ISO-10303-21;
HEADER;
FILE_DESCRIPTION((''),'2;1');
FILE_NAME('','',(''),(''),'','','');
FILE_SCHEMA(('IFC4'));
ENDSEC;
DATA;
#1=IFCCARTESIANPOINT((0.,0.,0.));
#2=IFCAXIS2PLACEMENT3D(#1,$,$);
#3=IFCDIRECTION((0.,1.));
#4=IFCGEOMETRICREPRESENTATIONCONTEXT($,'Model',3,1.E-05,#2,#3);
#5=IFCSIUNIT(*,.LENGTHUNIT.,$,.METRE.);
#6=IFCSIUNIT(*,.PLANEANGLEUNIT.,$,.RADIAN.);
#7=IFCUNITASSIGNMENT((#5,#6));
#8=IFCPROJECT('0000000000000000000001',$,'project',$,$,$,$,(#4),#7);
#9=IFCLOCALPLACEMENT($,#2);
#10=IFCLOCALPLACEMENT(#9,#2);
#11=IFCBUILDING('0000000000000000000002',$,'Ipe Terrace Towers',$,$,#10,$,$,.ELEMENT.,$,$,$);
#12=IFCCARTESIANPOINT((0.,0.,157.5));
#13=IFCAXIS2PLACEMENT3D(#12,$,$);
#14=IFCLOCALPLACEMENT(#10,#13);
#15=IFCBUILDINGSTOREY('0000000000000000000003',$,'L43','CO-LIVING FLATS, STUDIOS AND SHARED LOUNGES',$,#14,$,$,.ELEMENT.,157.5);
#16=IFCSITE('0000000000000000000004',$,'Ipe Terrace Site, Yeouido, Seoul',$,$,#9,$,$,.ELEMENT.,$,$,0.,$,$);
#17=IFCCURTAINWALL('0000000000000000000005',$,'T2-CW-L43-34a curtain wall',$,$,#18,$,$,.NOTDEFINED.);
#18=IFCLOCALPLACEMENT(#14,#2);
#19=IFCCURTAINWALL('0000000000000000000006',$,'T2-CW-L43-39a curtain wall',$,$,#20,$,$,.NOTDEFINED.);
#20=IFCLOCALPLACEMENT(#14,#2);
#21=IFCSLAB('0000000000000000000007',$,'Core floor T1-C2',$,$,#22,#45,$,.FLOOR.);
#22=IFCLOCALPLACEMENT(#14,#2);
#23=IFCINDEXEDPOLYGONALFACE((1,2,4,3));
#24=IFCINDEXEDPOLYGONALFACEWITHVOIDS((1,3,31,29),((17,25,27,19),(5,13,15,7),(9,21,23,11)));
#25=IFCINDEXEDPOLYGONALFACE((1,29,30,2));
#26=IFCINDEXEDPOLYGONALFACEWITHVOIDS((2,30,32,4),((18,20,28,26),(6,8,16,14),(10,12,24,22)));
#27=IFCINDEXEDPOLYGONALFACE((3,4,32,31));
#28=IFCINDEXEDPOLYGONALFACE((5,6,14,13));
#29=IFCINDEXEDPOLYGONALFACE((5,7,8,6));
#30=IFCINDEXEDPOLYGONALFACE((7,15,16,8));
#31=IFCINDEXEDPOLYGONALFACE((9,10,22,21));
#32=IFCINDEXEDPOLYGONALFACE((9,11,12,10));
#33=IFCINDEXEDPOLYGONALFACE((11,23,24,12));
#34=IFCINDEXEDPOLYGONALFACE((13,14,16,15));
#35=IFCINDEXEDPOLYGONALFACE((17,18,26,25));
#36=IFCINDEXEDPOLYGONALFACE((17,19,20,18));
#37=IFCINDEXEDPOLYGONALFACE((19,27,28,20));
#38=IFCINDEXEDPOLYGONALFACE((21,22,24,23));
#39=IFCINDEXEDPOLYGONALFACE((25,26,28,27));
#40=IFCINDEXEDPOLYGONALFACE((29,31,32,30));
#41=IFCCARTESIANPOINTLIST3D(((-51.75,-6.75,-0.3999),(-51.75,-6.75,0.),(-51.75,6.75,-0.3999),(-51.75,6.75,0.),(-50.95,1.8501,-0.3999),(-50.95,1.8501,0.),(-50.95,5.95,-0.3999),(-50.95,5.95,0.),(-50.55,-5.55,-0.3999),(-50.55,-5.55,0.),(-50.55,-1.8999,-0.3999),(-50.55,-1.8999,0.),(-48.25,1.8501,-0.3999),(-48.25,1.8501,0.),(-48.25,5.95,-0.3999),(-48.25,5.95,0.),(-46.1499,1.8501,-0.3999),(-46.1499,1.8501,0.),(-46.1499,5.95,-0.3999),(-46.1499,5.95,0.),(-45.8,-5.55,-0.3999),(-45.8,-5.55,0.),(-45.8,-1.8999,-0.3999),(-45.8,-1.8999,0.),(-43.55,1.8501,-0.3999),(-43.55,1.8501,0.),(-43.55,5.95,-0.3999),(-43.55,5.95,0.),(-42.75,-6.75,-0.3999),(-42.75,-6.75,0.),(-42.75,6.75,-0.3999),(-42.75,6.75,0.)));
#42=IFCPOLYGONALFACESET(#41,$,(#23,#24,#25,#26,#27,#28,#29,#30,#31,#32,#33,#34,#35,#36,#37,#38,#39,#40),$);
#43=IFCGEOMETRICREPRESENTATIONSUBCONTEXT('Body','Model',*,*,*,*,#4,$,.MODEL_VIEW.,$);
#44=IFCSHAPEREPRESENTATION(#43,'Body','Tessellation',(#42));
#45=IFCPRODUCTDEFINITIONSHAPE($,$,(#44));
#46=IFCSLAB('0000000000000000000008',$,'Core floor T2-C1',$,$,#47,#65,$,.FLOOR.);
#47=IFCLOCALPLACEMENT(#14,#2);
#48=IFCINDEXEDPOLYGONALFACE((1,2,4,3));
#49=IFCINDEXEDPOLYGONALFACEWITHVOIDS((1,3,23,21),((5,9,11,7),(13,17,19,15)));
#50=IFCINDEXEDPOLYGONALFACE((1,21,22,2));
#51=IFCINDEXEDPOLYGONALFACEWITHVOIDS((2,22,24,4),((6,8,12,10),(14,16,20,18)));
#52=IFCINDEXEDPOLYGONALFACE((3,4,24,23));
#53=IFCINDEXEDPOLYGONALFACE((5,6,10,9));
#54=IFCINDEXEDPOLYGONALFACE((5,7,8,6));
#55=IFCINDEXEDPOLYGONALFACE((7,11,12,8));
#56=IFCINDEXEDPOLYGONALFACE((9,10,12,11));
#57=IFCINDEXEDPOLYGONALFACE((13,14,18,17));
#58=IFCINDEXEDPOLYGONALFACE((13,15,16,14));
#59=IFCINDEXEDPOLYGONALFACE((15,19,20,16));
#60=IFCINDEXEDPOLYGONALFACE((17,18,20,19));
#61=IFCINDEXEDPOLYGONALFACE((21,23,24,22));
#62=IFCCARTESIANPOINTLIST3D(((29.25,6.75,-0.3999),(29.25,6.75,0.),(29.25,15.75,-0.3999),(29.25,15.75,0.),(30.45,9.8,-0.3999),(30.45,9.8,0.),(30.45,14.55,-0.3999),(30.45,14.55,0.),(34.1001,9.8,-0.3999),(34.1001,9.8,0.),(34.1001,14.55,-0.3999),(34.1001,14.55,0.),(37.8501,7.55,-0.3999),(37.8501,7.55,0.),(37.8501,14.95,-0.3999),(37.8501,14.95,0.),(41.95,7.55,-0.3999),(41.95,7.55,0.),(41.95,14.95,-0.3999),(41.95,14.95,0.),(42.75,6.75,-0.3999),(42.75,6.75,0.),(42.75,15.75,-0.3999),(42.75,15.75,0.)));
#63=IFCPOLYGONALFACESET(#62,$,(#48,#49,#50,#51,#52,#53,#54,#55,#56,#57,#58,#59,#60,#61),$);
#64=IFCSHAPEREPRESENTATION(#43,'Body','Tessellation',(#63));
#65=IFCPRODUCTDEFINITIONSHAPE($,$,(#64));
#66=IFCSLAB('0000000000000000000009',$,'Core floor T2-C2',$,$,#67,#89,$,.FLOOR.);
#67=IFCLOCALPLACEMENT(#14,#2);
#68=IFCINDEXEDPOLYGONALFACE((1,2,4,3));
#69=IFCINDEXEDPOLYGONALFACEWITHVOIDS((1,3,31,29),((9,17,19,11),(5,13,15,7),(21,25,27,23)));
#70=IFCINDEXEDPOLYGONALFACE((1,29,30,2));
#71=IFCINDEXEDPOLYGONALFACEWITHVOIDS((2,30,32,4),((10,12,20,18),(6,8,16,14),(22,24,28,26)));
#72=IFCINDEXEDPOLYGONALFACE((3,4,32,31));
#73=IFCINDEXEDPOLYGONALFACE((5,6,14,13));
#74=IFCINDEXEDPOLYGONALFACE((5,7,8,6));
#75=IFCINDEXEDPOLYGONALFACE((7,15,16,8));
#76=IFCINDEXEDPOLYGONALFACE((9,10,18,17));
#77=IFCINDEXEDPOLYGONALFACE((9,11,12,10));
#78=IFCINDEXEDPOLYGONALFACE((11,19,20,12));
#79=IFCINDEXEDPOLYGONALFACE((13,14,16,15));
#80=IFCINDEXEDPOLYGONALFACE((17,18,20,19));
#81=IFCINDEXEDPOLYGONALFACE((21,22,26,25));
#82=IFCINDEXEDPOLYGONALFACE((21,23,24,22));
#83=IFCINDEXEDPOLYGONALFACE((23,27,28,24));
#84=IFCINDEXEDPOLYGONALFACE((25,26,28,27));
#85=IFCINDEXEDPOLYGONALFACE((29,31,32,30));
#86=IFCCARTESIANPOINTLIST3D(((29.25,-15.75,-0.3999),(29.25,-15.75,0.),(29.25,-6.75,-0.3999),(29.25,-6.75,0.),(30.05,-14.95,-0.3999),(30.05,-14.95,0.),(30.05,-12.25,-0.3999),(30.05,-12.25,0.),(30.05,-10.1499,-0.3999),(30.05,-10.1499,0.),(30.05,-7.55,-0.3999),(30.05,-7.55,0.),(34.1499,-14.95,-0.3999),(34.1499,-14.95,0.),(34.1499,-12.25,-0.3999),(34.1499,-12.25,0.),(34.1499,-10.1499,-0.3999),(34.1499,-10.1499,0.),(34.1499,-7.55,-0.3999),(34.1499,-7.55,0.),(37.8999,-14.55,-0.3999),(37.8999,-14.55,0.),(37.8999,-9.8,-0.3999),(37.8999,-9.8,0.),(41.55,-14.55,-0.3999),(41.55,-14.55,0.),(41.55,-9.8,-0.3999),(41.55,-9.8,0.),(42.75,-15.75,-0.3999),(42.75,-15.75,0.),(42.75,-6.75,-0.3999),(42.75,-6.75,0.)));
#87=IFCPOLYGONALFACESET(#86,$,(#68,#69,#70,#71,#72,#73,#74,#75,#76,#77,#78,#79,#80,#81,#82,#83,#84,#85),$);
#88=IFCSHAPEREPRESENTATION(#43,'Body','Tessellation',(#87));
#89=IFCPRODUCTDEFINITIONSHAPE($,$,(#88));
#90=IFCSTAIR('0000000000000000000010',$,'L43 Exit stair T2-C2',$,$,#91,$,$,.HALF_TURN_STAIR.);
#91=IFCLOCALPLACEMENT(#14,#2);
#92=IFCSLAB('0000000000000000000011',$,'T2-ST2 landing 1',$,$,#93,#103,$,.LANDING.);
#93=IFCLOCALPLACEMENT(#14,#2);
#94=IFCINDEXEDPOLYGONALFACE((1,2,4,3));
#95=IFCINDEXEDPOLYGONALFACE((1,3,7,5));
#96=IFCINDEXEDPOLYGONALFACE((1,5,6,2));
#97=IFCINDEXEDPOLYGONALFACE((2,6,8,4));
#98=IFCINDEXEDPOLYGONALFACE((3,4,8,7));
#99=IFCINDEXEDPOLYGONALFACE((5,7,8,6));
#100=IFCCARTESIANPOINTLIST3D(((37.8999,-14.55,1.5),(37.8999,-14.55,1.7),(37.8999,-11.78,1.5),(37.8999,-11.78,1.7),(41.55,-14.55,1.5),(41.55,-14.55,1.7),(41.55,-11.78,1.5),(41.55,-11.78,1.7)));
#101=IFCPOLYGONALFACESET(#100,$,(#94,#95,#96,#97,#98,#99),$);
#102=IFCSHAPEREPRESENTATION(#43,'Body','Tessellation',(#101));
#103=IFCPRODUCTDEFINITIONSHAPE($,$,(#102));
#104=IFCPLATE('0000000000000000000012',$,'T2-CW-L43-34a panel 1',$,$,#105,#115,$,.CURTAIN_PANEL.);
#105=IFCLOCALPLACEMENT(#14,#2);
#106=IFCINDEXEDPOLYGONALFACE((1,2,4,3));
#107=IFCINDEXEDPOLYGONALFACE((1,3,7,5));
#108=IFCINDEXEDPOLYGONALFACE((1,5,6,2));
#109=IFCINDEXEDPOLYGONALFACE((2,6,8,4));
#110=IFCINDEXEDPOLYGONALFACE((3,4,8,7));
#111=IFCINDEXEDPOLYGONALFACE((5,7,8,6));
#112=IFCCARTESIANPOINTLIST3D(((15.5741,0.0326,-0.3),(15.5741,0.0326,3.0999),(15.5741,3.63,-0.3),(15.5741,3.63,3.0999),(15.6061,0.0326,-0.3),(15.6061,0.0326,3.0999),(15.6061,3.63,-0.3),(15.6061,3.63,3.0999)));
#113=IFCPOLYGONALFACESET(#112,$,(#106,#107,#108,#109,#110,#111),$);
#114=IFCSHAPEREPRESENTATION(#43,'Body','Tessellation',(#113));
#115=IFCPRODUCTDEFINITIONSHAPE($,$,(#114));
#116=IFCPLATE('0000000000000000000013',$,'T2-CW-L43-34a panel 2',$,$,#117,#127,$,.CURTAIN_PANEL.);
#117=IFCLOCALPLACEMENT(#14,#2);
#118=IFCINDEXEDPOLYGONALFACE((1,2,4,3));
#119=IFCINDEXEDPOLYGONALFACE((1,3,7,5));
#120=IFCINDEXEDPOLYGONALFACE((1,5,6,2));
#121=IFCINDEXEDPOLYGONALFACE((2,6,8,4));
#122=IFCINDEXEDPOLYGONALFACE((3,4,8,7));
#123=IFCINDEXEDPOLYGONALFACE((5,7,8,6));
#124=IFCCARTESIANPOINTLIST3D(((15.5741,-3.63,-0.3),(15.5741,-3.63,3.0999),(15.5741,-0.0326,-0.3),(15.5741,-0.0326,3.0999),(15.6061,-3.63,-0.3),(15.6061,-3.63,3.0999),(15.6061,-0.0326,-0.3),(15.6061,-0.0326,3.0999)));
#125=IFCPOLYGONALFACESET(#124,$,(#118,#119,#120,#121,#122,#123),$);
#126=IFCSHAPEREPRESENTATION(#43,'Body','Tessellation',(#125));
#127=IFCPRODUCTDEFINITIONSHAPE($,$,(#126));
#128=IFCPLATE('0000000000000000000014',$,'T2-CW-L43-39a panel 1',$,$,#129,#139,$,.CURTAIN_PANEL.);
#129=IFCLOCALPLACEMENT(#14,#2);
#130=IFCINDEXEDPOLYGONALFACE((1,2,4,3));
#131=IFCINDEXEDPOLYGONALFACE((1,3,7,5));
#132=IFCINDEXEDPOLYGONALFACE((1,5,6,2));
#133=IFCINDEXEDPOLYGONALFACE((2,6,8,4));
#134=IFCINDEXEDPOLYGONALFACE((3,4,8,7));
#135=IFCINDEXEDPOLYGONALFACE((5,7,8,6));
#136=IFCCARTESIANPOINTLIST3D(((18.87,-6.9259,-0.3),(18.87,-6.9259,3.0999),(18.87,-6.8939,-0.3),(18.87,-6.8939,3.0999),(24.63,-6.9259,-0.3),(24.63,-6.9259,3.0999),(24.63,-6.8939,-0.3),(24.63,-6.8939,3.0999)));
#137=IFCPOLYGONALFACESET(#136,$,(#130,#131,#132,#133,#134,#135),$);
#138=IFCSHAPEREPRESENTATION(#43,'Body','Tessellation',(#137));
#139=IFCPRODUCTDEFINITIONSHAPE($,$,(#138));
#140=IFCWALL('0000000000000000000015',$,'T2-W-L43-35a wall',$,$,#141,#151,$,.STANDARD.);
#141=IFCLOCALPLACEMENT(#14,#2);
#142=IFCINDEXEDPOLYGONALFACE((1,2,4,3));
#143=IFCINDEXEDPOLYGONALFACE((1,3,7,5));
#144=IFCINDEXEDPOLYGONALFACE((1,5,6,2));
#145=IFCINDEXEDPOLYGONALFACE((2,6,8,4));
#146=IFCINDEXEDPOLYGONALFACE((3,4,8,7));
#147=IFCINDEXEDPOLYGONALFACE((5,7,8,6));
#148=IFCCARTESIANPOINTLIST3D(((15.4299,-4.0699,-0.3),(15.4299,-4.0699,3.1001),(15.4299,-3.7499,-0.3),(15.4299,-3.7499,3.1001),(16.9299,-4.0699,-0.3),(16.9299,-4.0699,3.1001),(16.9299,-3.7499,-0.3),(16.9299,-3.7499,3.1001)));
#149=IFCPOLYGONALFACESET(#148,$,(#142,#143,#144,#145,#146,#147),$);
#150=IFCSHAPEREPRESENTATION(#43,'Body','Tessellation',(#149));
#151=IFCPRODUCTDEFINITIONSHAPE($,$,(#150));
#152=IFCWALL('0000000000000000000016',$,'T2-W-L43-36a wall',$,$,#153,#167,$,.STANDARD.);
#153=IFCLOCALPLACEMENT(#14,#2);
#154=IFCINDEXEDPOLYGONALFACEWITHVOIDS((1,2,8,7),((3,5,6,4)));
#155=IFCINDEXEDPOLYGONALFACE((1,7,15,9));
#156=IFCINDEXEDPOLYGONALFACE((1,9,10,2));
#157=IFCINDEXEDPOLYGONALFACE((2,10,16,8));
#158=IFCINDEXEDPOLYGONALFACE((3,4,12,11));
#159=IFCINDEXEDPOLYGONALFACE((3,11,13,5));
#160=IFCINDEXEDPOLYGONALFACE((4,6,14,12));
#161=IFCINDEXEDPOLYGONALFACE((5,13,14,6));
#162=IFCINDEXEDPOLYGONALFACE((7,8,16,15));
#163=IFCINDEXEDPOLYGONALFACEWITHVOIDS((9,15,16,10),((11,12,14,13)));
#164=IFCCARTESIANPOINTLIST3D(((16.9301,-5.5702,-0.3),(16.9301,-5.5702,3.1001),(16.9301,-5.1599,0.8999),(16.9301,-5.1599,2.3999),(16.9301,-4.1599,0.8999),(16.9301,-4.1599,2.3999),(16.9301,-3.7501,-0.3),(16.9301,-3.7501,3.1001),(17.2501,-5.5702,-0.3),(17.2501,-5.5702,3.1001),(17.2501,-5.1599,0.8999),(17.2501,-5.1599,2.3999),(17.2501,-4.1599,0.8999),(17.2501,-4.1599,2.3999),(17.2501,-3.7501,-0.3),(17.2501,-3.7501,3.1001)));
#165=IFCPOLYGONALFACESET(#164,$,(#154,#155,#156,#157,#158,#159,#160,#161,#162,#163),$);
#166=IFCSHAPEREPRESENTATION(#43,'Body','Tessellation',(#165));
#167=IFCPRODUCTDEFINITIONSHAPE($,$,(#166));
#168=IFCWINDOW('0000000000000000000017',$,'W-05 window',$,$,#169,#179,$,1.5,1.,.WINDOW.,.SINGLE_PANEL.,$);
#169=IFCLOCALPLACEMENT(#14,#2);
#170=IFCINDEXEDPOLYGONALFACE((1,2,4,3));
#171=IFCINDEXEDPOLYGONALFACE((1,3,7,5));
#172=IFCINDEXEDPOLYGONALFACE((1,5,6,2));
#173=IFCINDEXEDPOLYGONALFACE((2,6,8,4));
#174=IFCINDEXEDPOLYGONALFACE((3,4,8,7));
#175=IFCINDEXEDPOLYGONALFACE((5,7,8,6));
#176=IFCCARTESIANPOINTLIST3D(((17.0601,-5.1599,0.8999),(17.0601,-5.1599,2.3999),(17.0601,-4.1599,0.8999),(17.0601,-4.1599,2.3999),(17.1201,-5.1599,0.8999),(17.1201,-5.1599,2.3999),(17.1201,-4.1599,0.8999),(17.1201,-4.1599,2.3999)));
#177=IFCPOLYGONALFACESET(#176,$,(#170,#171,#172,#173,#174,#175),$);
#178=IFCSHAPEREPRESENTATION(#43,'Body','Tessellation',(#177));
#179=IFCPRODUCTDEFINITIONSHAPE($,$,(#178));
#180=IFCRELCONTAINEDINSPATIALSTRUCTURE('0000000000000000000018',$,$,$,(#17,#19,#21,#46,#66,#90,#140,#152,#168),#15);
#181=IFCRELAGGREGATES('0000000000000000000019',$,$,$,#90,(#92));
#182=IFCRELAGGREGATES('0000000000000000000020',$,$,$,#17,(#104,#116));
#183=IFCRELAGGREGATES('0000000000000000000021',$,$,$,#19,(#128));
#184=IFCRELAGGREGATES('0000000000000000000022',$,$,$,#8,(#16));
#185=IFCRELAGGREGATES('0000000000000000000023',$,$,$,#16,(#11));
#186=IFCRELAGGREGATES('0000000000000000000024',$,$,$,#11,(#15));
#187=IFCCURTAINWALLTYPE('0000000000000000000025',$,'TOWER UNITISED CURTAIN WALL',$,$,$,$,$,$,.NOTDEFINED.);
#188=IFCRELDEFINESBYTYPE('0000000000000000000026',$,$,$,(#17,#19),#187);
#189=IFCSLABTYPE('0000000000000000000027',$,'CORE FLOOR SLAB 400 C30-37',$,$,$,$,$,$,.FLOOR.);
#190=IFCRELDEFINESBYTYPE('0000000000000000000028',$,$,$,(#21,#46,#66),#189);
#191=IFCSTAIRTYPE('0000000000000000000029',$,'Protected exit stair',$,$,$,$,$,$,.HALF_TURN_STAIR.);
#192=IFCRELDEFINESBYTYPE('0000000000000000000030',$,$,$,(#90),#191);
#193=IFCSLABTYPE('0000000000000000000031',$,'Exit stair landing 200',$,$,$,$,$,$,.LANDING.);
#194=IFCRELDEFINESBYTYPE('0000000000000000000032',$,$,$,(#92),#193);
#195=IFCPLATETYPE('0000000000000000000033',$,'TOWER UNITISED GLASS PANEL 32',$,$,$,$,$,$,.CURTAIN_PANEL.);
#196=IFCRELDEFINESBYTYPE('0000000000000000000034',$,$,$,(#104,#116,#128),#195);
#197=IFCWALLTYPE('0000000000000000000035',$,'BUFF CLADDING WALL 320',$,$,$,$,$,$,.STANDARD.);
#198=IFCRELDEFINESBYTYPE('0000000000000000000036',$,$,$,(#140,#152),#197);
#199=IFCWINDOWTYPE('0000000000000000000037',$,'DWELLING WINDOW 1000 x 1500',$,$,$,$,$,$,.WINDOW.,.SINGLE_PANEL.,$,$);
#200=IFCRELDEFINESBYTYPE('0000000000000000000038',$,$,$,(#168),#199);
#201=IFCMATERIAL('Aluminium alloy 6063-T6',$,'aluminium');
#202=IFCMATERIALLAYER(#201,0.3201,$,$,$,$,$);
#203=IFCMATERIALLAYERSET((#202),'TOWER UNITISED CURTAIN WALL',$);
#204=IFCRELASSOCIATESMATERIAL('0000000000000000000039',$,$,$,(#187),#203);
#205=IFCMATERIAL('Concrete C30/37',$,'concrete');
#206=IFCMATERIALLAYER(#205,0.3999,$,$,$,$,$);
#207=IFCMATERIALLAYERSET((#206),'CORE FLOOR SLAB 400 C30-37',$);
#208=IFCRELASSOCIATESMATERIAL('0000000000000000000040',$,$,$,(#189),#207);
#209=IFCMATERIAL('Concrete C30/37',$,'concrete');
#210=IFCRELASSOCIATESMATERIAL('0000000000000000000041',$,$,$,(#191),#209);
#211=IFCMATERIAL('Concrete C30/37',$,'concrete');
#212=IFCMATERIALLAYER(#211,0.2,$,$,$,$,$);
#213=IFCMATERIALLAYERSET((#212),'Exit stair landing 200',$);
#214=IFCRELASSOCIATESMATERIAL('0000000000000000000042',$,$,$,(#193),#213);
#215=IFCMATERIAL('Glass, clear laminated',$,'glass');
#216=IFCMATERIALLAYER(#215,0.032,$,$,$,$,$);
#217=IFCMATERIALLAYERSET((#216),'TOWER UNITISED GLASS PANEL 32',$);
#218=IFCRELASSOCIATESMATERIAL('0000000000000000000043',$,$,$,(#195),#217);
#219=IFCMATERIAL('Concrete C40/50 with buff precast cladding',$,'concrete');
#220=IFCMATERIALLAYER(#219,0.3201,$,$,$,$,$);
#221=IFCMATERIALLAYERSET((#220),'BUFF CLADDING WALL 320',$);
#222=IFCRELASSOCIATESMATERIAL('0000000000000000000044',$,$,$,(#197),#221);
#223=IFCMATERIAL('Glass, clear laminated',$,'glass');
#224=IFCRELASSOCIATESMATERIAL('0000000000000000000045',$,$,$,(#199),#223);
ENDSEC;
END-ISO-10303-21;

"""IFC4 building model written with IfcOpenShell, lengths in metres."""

from ifc_helpers import new_model, si_unit, direction, frame, frame_2d, origin, origin_2d, place, context, subcontext, project, spatial, polyline, rectangle, outline, extrude, material, layer, layer_set, type_object, element, fill, aggregate, save


model = new_model("IFC4")

# Units and contexts
model_context = context("Model", 3, precision=1e-05, world=origin(), true_north=direction((0.0, 1.0)))
body_context = subcontext(model_context, "Body", "Model", "MODEL_VIEW")
ifc_project = project(units=[si_unit("LENGTHUNIT", "METRE"), si_unit("PLANEANGLEUNIT", "RADIAN")], contexts=[model_context])

# Site, building, storey
site_placement = place(None, origin())
site = spatial("IfcSite", under=ifc_project, at=site_placement, Name="Ipe Terrace Site, Yeouido, Seoul", CompositionType="ELEMENT", RefElevation=0.0)
building_placement = place(site_placement, origin())
building = spatial("IfcBuilding", under=site, at=building_placement, Name="Ipe Terrace Towers", CompositionType="ELEMENT")
storey_placement = place(building_placement, frame((0.0, 0.0, 157.5)))
storey = spatial("IfcBuildingStorey", under=building, at=storey_placement, Name="L43", Description="CO-LIVING FLATS, STUDIOS AND SHARED LOUNGES", CompositionType="ELEMENT", Elevation=157.5)

# Curtain walls
ifc_material_1 = material(Name="Aluminium alloy 6063-T6", Category="aluminium")
ifc_layer_1 = layer(ifc_material_1, 0.3201)
ifc_layer_set_1 = layer_set([ifc_layer_1], Name="TOWER UNITISED CURTAIN WALL")
curtain_wall_type = type_object("IfcCurtainWallType", Name="TOWER UNITISED CURTAIN WALL", PredefinedType="NOTDEFINED", material=ifc_layer_set_1)
curtain_wall_1_placement = place(storey_placement, origin())
curtain_wall_1 = element("IfcCurtainWall", 1, at=curtain_wall_1_placement, inside=storey, type_object=curtain_wall_type, Name="T2-CW-L43-34a curtain wall", PredefinedType="NOTDEFINED")
curtain_wall_2_placement = place(storey_placement, origin())
curtain_wall_2 = element("IfcCurtainWall", 2, at=curtain_wall_2_placement, inside=storey, type_object=curtain_wall_type, Name="T2-CW-L43-39a curtain wall", PredefinedType="NOTDEFINED")

# Slabs
ifc_material_2 = material(Name="Concrete C30/37", Category="concrete")
ifc_layer_2 = layer(ifc_material_2, 0.3999)
ifc_layer_set_2 = layer_set([ifc_layer_2], Name="CORE FLOOR SLAB 400 C30-37")
slab_type_1 = type_object("IfcSlabType", Name="CORE FLOOR SLAB 400 C30-37", PredefinedType="FLOOR", material=ifc_layer_set_2)
slab_1_placement = place(storey_placement, frame((0.0, 0.0, -0.3999)))
element("IfcSlab", 3, at=slab_1_placement, inside=storey, type_object=slab_type_1, Name="Core floor T1-C2", PredefinedType="FLOOR", context=body_context, shape_type="SweptSolid", body=[
    extrude(outline(polyline([(-51.75, -6.75), (-51.75, 6.75), (-42.75, 6.75), (-42.75, -6.75), (-51.75, -6.75)]), holes=[polyline([(-45.8, -1.8999), (-50.55, -1.8999), (-50.55, -5.55), (-45.8, -5.55), (-45.8, -1.8999)]), polyline([(-48.25, 1.8501), (-48.25, 5.95), (-50.95, 5.95), (-50.95, 1.8501), (-48.25, 1.8501)]), polyline([(-43.55, 1.8501), (-43.55, 5.95), (-46.1499, 5.95), (-46.1499, 1.8501), (-43.55, 1.8501)])]), origin(), (0.0, 0.0, 1.0), 0.3999),
])
slab_2_placement = place(storey_placement, frame((0.0, 0.0, -0.3999)))
element("IfcSlab", 4, at=slab_2_placement, inside=storey, type_object=slab_type_1, Name="Core floor T2-C1", PredefinedType="FLOOR", context=body_context, shape_type="SweptSolid", body=[
    extrude(outline(polyline([(29.25, 6.75), (29.25, 15.75), (42.75, 15.75), (42.75, 6.75), (29.25, 6.75)]), holes=[polyline([(41.95, 7.55), (41.95, 14.95), (37.8501, 14.95), (37.8501, 7.55), (41.95, 7.55)]), polyline([(30.45, 9.8), (34.1001, 9.8), (34.1001, 14.55), (30.45, 14.55), (30.45, 9.8)])]), origin(), (0.0, 0.0, 1.0), 0.3999),
])
slab_3_placement = place(storey_placement, frame((0.0, 0.0, -0.3999)))
element("IfcSlab", 5, at=slab_3_placement, inside=storey, type_object=slab_type_1, Name="Core floor T2-C2", PredefinedType="FLOOR", context=body_context, shape_type="SweptSolid", body=[
    extrude(outline(polyline([(29.25, -15.75), (29.25, -6.75), (42.75, -6.75), (42.75, -15.75), (29.25, -15.75)]), holes=[polyline([(30.05, -12.25), (30.05, -14.95), (34.1499, -14.95), (34.1499, -12.25), (30.05, -12.25)]), polyline([(41.55, -9.8), (37.8999, -9.8), (37.8999, -14.55), (41.55, -14.55), (41.55, -9.8)]), polyline([(34.1499, -7.55), (30.05, -7.55), (30.05, -10.1499), (34.1499, -10.1499), (34.1499, -7.55)])]), origin(), (0.0, 0.0, 1.0), 0.3999),
])

# Stair, slab
ifc_material_3 = material(Name="Concrete C30/37", Category="concrete")
stair_type = type_object("IfcStairType", Name="Protected exit stair", PredefinedType="HALF_TURN_STAIR", material=ifc_material_3)
stair_placement = place(storey_placement, origin())
stair = element("IfcStair", 6, at=stair_placement, inside=storey, type_object=stair_type, Name="L43 Exit stair T2-C2", PredefinedType="HALF_TURN_STAIR")
ifc_material_4 = material(Name="Concrete C30/37", Category="concrete")
ifc_layer_3 = layer(ifc_material_4, 0.2)
ifc_layer_set_3 = layer_set([ifc_layer_3], Name="Exit stair landing 200")
slab_type_2 = type_object("IfcSlabType", Name="Exit stair landing 200", PredefinedType="LANDING", material=ifc_layer_set_3)
slab_4_placement = place(storey_placement, frame((0.0, 0.0, 1.5)))
slab_4 = element("IfcSlab", 7, at=slab_4_placement, type_object=slab_type_2, Name="T2-ST2 landing 1", PredefinedType="LANDING", context=body_context, shape_type="SweptSolid", body=[
    extrude(outline(polyline([(37.8999, -11.78), (37.8999, -14.55), (41.55, -14.55), (41.55, -11.78), (37.8999, -11.78)])), origin(), (0.0, 0.0, 1.0), 0.2),
])
aggregate(stair, [slab_4])

# Plates
ifc_material_5 = material(Name="Glass, clear laminated", Category="glass")
ifc_layer_4 = layer(ifc_material_5, 0.032)
ifc_layer_set_4 = layer_set([ifc_layer_4], Name="TOWER UNITISED GLASS PANEL 32")
plate_type = type_object("IfcPlateType", Name="TOWER UNITISED GLASS PANEL 32", PredefinedType="CURTAIN_PANEL", material=ifc_layer_set_4)
plate_1_placement = place(storey_placement, frame((15.5901, 1.8313, -0.3), z_axis=(0.0, 0.0, 1.0), x_axis=(0.0, -1.0, 0.0)))
plate_1 = element("IfcPlate", 8, at=plate_1_placement, type_object=plate_type, Name="T2-CW-L43-34a panel 1", PredefinedType="CURTAIN_PANEL", context=body_context, shape_type="SweptSolid", body=[
    extrude(rectangle(XDim=3.5974, YDim=0.032, at=origin_2d()), origin(), (0.0, 0.0, 1.0), 3.3999),
])
plate_2_placement = place(storey_placement, frame((15.5901, -1.8313, -0.3), z_axis=(0.0, 0.0, 1.0), x_axis=(0.0, -1.0, 0.0)))
plate_2 = element("IfcPlate", 9, at=plate_2_placement, type_object=plate_type, Name="T2-CW-L43-34a panel 2", PredefinedType="CURTAIN_PANEL", context=body_context, shape_type="SweptSolid", body=[
    extrude(rectangle(XDim=3.5974, YDim=0.032, at=origin_2d()), origin(), (0.0, 0.0, 1.0), 3.3999),
])
aggregate(curtain_wall_1, [plate_1, plate_2])
plate_3_placement = place(storey_placement, frame((21.75, -6.9099, -0.3), z_axis=(0.0, 0.0, 1.0), x_axis=(1.0, 0.0, 0.0)))
plate_3 = element("IfcPlate", 10, at=plate_3_placement, type_object=plate_type, Name="T2-CW-L43-39a panel 1", PredefinedType="CURTAIN_PANEL", context=body_context, shape_type="SweptSolid", body=[
    extrude(rectangle(XDim=5.76, YDim=0.032, at=origin_2d()), origin(), (0.0, 0.0, 1.0), 3.3999),
])
aggregate(curtain_wall_2, [plate_3])

# Wall
ifc_material_6 = material(Name="Concrete C40/50 with buff precast cladding", Category="concrete")
ifc_layer_5 = layer(ifc_material_6, 0.3201)
ifc_layer_set_5 = layer_set([ifc_layer_5], Name="BUFF CLADDING WALL 320")
wall_type_1 = type_object("IfcWallType", Name="BUFF CLADDING WALL 320", PredefinedType="STANDARD", material=ifc_layer_set_5)
wall_1_placement = place(storey_placement, frame((15.4299, -3.9099, -0.3), z_axis=(0.0, 0.0, 1.0), x_axis=(1.0, 0.0, 0.0)))
element("IfcWall", 11, at=wall_1_placement, inside=storey, type_object=wall_type_1, Name="T2-W-L43-35a wall", PredefinedType="STANDARD", context=body_context, shape_type="SweptSolid", body=[
    extrude(rectangle(XDim=1.5, YDim=0.3201, at=frame_2d((0.75, 0.0))), origin(), (0.0, 0.0, 1.0), 3.4001),
])

# Wall, opening, window
wall_2_placement = place(storey_placement, frame((17.0901, -3.75, -0.3), z_axis=(0.0, 0.0, 1.0), x_axis=(0.0, -1.0, 0.0)))
wall_2 = element("IfcWall", 12, at=wall_2_placement, inside=storey, type_object=wall_type_1, Name="T2-W-L43-36a wall", PredefinedType="STANDARD", context=body_context, shape_type="SweptSolid", body=[
    extrude(rectangle(XDim=1.8201, YDim=0.3201, at=frame_2d((0.9102, 0.0))), origin(), (0.0, 0.0, 1.0), 3.4001),
])
opening_1_placement = place(wall_2_placement, frame((0.4099, 0.0, 1.2)))
opening_1 = element("IfcOpeningElement", 13, at=opening_1_placement, cuts=wall_2, PredefinedType="OPENING", context=body_context, shape_type="SweptSolid", body=[
    extrude(rectangle(XDim=1.0, YDim=1.5, at=frame_2d((0.5, 0.75))), frame((0.0, 0.1699, 0.0), z_axis=(0.0, -1.0, 0.0), x_axis=(1.0, 0.0, 0.0)), (0.0, 0.0, 1.0), 0.3401),
])
ifc_material_7 = material(Name="Glass, clear laminated", Category="glass")
window_type = type_object("IfcWindowType", Name="DWELLING WINDOW 1000 x 1500", PartitioningType="SINGLE_PANEL", PredefinedType="WINDOW", material=ifc_material_7)
window_placement = place(opening_1_placement, origin())
window = element("IfcWindow", 14, at=window_placement, inside=storey, type_object=window_type, Name="W-05 window", OverallHeight=1.5, OverallWidth=1.0, PartitioningType="SINGLE_PANEL", PredefinedType="WINDOW", context=body_context, shape_type="SweptSolid", body=[
    extrude(rectangle(XDim=1.0, YDim=1.5, at=frame_2d((0.5, 0.75))), frame((0.0, 0.03, 0.0), z_axis=(0.0, -1.0, 0.0), x_axis=(1.0, 0.0, 0.0)), (0.0, 0.0, 1.0), 0.0601),
])
fill(opening_1, window)

save(model, "model.ifc")
